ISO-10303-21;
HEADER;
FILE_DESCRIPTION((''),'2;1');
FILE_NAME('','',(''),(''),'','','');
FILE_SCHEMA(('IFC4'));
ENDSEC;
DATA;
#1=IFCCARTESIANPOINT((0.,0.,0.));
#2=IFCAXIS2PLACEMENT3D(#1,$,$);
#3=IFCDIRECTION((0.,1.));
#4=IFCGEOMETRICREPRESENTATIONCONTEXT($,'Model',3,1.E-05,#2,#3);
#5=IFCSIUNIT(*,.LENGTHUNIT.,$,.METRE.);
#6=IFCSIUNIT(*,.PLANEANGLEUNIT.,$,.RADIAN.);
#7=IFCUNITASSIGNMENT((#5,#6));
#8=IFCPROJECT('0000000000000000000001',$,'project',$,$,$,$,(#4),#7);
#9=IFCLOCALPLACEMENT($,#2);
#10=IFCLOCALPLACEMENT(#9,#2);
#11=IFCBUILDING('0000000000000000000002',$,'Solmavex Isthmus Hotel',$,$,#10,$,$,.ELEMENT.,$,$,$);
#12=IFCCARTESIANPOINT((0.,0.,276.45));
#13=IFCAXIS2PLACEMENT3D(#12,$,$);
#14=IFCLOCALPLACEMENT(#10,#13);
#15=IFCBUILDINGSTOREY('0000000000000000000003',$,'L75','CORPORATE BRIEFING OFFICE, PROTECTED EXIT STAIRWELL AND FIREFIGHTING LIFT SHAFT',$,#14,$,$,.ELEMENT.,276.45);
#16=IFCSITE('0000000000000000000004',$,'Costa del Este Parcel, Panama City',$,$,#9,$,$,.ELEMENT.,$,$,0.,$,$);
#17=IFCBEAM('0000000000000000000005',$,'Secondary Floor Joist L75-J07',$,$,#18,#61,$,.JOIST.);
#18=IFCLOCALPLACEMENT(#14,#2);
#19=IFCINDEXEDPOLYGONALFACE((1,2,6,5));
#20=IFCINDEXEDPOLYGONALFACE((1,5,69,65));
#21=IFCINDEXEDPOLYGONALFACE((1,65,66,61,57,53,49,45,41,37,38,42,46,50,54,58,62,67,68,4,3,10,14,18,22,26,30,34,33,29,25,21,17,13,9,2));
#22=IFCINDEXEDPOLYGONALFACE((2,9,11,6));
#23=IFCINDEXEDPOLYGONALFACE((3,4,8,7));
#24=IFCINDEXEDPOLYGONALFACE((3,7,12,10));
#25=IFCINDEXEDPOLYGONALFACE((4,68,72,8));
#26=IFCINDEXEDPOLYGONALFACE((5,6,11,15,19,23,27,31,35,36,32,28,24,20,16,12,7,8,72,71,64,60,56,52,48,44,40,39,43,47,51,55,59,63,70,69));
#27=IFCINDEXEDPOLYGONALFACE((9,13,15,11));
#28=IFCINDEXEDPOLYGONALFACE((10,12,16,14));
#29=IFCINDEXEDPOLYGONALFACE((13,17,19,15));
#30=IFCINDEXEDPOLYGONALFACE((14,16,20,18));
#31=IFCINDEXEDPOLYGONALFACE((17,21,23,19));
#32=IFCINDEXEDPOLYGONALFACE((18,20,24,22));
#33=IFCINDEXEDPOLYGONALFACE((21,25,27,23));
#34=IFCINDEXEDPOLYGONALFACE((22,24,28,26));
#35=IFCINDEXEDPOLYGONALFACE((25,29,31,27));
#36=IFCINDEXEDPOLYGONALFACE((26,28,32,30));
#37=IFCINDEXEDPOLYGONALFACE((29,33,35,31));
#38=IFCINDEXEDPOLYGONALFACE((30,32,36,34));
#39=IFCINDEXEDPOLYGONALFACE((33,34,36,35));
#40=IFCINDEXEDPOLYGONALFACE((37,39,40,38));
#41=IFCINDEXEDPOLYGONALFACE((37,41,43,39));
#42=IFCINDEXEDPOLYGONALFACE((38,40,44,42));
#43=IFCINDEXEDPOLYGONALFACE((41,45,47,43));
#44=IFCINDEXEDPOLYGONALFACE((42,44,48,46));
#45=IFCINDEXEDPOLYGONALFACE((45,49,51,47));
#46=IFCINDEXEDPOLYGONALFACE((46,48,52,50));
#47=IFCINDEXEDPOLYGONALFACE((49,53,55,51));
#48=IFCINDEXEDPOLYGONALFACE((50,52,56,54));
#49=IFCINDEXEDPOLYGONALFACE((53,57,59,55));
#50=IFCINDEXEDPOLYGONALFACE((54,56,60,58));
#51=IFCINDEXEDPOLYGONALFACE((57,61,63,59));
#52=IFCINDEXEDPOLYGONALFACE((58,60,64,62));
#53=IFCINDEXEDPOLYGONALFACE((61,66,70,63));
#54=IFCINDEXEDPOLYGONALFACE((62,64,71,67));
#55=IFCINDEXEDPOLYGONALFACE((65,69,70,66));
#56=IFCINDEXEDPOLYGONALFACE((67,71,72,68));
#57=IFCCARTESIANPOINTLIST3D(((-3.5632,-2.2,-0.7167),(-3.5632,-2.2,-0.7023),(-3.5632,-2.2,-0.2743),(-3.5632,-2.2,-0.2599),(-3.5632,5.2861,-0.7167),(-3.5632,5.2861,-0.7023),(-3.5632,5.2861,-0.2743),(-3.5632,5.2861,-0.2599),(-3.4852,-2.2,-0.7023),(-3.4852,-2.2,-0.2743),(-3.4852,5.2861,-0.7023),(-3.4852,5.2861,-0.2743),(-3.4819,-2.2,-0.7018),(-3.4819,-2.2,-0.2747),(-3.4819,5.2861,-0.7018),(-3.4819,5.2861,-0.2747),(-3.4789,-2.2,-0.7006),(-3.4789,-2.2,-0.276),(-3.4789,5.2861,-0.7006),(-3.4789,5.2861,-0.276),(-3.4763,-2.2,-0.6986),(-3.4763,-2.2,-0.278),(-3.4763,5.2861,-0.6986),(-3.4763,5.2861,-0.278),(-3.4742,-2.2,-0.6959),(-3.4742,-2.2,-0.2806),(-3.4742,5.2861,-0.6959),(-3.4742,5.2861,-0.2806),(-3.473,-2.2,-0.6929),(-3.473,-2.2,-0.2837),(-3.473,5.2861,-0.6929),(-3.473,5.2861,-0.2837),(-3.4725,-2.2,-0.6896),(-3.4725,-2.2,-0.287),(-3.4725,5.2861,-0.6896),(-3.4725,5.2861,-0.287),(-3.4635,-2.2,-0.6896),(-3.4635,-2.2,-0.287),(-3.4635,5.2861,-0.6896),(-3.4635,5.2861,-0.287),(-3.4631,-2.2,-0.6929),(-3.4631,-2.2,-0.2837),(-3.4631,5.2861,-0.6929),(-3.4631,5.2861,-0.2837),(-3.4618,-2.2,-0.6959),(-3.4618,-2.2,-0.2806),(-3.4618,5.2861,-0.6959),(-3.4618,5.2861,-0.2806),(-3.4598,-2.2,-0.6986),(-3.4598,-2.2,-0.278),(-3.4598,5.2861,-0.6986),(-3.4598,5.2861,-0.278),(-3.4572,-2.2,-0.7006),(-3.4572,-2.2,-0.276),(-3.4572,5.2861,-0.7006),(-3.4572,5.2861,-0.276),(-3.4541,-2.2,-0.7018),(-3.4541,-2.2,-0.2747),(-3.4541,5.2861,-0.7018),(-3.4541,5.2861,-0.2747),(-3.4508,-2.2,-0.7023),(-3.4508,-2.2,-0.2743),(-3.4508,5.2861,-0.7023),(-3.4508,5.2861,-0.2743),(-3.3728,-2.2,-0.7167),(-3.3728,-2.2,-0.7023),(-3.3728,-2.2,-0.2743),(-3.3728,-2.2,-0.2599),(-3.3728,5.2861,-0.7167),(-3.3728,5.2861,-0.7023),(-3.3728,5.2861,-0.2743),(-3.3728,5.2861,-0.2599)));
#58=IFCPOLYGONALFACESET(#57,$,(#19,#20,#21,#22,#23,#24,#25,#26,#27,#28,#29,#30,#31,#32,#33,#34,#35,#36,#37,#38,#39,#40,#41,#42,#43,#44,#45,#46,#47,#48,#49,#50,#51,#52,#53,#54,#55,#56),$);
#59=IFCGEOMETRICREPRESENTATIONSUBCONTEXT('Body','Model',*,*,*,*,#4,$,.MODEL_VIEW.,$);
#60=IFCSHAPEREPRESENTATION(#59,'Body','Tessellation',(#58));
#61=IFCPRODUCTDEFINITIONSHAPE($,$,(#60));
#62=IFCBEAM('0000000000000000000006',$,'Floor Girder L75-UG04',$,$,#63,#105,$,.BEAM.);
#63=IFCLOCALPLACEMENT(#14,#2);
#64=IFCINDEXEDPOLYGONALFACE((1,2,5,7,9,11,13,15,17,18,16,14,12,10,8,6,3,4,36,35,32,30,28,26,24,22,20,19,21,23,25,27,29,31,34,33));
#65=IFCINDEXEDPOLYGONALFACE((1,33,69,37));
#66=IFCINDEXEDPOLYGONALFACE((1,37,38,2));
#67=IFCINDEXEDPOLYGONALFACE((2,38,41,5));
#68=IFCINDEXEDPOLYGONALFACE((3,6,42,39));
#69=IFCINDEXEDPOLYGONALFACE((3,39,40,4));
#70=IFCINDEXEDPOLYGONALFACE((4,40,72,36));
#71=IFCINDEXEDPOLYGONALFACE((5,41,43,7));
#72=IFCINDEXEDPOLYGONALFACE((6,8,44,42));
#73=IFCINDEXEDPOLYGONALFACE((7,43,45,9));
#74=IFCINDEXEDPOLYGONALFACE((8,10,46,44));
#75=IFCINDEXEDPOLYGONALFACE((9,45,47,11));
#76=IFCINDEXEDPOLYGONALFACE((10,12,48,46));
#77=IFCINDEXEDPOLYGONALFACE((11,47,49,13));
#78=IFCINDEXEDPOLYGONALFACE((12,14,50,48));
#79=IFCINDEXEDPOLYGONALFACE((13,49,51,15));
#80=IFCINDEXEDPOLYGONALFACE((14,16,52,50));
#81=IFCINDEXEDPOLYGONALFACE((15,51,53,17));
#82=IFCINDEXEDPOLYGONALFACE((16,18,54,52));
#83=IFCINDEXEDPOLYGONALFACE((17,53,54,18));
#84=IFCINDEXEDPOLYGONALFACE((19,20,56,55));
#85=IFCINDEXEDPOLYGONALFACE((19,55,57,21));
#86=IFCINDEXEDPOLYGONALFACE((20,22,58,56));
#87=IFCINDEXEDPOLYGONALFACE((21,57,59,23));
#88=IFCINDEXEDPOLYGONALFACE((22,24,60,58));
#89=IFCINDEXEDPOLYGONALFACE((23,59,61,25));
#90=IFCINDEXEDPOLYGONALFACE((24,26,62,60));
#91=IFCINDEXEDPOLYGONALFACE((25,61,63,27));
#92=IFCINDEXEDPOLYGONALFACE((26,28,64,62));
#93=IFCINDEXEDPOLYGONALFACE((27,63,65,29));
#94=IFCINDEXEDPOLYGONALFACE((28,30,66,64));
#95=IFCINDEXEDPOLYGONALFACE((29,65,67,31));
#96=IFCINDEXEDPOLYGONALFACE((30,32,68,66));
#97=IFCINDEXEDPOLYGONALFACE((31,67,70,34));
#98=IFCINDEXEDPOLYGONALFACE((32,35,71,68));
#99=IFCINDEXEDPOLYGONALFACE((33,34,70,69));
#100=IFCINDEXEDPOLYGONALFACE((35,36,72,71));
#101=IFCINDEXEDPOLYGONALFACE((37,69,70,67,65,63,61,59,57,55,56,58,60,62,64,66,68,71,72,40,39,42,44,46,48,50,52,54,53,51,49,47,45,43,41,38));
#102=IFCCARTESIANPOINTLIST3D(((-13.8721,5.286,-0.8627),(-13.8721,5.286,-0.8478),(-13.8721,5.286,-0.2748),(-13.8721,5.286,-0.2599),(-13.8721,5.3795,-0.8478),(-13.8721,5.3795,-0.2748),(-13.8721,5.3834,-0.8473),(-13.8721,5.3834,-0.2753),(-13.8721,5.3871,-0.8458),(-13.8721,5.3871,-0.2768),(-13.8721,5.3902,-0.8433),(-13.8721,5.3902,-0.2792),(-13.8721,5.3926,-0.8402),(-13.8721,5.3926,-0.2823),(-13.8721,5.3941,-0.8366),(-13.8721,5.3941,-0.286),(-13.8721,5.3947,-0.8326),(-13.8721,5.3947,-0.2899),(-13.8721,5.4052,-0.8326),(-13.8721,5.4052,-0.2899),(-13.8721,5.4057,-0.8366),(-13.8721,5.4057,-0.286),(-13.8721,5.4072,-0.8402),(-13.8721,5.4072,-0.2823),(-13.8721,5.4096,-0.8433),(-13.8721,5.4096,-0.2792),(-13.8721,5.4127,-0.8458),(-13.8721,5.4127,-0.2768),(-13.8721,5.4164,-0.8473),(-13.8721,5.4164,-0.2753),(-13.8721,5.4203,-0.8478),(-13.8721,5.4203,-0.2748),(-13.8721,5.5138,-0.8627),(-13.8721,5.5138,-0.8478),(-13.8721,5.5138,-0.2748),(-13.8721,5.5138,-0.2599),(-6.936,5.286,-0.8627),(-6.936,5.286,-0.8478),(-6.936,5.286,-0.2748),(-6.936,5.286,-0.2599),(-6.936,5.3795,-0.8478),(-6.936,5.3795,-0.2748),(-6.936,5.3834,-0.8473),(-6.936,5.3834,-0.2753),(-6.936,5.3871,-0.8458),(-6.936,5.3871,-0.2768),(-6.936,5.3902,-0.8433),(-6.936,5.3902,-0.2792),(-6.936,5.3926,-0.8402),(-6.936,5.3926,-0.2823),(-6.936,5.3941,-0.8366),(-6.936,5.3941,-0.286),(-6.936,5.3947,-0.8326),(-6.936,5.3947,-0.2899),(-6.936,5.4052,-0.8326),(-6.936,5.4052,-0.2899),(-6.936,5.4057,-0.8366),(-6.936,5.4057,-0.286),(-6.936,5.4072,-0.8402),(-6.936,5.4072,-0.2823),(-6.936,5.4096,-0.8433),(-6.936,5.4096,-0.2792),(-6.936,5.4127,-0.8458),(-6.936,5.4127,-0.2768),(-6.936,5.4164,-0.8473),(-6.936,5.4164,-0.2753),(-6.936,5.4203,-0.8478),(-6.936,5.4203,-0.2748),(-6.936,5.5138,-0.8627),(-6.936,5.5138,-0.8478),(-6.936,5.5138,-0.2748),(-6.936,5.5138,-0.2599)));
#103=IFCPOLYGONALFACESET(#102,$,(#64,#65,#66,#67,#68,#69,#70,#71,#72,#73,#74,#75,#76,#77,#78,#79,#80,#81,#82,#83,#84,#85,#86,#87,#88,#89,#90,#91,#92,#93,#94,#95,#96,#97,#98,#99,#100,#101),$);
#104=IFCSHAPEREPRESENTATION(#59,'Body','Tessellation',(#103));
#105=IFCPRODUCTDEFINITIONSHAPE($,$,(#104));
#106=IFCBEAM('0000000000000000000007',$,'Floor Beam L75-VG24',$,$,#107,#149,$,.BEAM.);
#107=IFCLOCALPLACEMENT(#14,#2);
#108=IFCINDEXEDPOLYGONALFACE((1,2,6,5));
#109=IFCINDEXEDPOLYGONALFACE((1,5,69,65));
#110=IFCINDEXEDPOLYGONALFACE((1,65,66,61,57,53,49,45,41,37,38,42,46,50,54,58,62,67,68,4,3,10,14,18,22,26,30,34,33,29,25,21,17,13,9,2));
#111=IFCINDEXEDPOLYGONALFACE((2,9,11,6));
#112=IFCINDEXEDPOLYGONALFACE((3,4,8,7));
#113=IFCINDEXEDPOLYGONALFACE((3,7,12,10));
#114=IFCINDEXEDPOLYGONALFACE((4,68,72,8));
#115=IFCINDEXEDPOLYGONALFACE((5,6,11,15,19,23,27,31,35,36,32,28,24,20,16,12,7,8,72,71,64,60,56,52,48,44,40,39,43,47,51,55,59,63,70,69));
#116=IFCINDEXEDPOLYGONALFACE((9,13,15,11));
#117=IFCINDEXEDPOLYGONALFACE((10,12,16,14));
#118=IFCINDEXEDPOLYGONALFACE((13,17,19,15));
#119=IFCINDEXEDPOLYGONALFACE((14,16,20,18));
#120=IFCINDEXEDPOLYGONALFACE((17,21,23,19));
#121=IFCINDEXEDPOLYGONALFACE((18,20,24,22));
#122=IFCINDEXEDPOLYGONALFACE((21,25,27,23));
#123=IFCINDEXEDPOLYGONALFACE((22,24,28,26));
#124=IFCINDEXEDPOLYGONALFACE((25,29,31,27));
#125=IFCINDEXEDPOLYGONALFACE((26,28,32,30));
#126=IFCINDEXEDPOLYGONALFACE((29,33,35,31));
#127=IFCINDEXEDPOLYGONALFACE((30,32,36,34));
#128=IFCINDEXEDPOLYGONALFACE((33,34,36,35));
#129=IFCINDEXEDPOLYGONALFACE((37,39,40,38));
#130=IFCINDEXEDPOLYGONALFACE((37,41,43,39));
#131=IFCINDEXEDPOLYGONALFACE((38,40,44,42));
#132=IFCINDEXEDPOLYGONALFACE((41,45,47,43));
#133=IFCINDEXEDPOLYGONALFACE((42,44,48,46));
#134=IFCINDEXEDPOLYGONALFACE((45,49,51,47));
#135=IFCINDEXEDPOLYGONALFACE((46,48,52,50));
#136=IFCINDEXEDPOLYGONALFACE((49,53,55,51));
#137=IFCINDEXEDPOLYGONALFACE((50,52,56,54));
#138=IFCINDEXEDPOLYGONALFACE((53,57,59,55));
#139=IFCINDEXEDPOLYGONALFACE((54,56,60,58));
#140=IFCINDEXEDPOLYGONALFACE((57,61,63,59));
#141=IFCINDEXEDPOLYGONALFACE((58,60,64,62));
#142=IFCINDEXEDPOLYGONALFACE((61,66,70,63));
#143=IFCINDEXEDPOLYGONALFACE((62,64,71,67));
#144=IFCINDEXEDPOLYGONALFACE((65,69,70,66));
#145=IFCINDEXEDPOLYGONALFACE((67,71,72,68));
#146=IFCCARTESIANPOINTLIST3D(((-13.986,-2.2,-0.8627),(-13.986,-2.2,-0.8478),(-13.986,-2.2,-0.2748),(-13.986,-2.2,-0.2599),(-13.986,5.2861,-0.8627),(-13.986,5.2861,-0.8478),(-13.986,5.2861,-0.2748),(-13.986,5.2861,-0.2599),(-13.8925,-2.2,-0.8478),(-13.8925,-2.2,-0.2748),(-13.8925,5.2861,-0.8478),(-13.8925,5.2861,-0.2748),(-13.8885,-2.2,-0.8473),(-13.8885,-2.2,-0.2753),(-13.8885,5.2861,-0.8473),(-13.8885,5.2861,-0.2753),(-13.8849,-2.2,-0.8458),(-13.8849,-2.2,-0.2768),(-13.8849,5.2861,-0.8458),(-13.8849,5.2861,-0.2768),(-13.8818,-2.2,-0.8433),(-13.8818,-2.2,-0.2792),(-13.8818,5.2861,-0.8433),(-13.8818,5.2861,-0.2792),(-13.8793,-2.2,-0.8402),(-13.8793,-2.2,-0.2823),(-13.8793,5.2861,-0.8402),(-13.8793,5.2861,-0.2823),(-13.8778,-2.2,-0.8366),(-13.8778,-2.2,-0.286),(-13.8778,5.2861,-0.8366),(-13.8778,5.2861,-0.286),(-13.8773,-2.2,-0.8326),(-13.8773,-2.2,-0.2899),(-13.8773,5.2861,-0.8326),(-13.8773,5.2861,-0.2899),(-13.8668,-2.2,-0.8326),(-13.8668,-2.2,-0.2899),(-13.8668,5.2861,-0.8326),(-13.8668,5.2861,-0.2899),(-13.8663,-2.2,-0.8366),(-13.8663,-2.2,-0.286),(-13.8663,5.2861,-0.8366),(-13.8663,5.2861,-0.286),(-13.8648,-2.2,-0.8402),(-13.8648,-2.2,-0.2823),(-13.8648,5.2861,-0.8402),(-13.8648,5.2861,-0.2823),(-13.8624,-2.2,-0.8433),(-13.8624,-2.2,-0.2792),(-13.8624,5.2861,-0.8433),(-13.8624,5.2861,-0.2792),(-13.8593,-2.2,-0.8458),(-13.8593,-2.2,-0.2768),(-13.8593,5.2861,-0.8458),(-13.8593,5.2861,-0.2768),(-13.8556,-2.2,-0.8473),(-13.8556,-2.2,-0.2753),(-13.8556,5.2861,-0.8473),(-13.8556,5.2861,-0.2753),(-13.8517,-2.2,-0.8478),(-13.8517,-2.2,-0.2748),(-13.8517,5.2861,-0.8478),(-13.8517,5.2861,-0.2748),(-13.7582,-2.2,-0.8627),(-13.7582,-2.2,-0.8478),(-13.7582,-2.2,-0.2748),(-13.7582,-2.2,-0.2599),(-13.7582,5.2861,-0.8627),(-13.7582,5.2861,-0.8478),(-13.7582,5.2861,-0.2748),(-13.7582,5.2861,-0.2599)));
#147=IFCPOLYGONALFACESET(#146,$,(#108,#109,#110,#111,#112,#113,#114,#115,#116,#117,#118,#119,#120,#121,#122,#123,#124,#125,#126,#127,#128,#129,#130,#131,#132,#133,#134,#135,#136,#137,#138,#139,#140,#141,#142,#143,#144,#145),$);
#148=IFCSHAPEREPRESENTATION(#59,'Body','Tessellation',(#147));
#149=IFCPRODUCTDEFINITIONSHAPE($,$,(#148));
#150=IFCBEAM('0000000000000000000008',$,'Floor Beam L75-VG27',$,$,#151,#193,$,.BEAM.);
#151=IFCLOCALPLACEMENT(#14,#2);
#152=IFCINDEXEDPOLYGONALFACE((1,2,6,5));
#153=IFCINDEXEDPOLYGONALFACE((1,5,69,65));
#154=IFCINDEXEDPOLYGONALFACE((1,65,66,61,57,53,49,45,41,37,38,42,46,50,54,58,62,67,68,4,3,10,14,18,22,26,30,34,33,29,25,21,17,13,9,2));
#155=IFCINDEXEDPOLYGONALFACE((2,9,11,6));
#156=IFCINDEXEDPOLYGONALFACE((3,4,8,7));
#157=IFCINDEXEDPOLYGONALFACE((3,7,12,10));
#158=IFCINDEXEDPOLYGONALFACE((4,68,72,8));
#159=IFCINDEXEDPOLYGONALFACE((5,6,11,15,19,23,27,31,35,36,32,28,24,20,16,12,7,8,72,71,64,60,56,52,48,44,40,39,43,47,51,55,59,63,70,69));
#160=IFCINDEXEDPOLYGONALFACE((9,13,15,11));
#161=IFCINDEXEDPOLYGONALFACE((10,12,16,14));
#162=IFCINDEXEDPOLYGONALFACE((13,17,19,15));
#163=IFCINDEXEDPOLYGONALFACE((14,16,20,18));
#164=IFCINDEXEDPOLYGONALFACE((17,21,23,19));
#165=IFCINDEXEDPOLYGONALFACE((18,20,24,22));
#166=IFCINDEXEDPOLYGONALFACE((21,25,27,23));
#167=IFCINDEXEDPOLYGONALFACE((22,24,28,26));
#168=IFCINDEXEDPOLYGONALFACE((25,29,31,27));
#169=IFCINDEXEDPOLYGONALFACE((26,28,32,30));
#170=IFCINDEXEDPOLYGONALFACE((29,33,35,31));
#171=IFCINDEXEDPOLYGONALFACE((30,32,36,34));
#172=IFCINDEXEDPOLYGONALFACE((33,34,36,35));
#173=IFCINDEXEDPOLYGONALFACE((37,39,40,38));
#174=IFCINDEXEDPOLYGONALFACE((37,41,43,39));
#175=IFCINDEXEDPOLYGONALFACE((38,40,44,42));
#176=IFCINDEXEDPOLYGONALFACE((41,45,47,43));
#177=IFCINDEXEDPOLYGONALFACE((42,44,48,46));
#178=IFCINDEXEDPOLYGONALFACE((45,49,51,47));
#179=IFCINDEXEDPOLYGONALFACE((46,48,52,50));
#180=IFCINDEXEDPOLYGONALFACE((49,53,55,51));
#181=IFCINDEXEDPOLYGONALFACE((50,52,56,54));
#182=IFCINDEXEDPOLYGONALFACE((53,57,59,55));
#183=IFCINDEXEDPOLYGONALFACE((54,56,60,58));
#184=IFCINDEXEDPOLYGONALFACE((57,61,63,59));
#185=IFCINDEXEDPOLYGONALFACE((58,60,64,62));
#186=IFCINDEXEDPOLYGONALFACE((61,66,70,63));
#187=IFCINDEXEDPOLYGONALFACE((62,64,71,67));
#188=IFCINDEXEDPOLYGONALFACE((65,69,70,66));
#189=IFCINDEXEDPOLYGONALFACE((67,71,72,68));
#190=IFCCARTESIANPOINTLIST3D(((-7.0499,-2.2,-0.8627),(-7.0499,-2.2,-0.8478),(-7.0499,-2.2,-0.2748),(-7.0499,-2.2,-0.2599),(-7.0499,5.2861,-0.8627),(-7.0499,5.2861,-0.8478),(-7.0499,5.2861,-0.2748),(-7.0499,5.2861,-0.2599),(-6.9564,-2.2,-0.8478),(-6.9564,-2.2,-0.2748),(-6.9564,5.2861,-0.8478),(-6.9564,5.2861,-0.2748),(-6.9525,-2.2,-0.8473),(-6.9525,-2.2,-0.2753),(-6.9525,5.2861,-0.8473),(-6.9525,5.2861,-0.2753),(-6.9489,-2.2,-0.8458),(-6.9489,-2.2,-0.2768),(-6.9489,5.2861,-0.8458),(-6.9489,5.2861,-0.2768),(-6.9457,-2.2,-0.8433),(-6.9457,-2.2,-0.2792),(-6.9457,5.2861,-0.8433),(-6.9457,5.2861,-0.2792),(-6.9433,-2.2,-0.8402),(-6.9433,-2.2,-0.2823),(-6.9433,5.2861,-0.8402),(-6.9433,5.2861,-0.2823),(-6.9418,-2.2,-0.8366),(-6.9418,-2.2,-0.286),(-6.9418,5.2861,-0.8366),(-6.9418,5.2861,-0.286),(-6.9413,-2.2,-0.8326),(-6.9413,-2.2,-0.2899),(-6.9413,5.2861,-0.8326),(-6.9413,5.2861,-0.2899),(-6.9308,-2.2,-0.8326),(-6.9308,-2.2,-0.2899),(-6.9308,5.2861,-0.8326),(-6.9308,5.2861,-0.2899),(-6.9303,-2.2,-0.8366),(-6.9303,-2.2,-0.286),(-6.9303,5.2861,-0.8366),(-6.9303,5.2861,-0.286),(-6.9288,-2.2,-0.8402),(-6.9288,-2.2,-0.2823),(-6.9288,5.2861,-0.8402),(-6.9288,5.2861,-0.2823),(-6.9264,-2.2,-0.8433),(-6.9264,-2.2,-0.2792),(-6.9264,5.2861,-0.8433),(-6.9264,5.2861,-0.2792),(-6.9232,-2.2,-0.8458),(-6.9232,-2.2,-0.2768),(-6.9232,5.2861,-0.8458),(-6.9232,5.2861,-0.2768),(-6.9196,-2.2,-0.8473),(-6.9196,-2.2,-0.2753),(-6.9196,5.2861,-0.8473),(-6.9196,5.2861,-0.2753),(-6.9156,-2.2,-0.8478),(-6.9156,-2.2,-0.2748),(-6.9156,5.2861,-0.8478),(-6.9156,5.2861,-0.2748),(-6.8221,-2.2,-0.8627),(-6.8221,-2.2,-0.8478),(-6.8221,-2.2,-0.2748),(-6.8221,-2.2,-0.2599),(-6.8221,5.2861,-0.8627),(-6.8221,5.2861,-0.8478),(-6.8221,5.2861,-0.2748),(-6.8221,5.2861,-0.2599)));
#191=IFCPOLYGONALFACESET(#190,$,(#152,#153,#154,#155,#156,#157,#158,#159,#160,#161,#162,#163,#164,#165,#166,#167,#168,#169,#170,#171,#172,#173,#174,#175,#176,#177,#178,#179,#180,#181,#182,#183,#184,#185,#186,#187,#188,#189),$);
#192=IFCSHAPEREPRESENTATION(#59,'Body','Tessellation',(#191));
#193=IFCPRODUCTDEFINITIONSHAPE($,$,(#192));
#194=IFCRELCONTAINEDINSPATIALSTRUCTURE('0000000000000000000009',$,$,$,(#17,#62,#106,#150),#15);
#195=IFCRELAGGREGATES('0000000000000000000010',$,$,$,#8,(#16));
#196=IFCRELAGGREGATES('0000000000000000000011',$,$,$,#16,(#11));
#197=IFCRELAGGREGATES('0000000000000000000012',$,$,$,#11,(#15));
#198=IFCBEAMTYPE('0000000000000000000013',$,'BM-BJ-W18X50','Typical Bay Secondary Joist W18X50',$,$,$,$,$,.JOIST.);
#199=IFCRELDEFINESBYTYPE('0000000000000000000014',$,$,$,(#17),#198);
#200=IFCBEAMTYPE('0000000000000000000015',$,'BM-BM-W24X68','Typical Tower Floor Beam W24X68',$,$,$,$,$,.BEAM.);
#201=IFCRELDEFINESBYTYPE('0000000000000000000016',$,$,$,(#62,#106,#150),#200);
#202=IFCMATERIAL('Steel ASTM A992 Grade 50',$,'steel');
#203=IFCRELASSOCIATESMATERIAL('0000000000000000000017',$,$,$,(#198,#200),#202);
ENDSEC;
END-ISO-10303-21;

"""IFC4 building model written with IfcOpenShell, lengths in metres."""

from ifc_helpers import new_model, si_unit, direction, frame, origin, origin_2d, place, context, subcontext, project, spatial, i_section, extrude, material, material_profile, profile_set, type_object, element, save


model = new_model("IFC4")

# Units and contexts
model_context = context("Model", 3, precision=1e-05, world=origin(), true_north=direction((0.0, 1.0)))
body_context = subcontext(model_context, "Body", "Model", "MODEL_VIEW")
ifc_project = project(units=[si_unit("LENGTHUNIT", "METRE"), si_unit("PLANEANGLEUNIT", "RADIAN")], contexts=[model_context])

# Site, building, storey
site_placement = place(None, origin())
site = spatial("IfcSite", under=ifc_project, at=site_placement, Name="Costa del Este Parcel, Panama City", CompositionType="ELEMENT", RefElevation=0.0)
building_placement = place(site_placement, origin())
building = spatial("IfcBuilding", under=site, at=building_placement, Name="Solmavex Isthmus Hotel", CompositionType="ELEMENT")
storey_placement = place(building_placement, frame((0.0, 0.0, 276.45)))
storey = spatial("IfcBuildingStorey", under=building, at=storey_placement, Name="L75", Description="CORPORATE BRIEFING OFFICE, PROTECTED EXIT STAIRWELL AND FIREFIGHTING LIFT SHAFT", CompositionType="ELEMENT", Elevation=276.45)

# Beams
ifc_material_1 = material(Name="Steel ASTM A992 Grade 50", Category="steel")
ifc_material_profile_1 = material_profile(ifc_material_1, i_section(OverallWidth=0.1904, OverallDepth=0.4568, WebThickness=0.009, FlangeThickness=0.0144, FilletRadius=0.0127, at=origin_2d()), Name="W18X50")
ifc_profile_set_1 = profile_set([ifc_material_profile_1], Name="Steel ASTM A992 Grade 50")
beam_type_1 = type_object("IfcBeamType", Name="BM-BJ-W18X50", Description="Typical Bay Secondary Joist W18X50", PredefinedType="JOIST", material=ifc_profile_set_1)
for number, where, z_axis, x_axis, name in (
    (1, (-3.468, -2.2, -0.4883), (0.0, 1.0, 0.0), (-1.0, 0.0, 0.0), "Secondary Floor Joist L75-J07"),
):
    element("IfcBeam", number, at=place(storey_placement, frame(where, z_axis=z_axis, x_axis=x_axis)), inside=storey, type_object=beam_type_1, Name=name, PredefinedType="JOIST", context=body_context, shape_type="SweptSolid", body=[
        extrude(i_section(OverallWidth=0.1904, OverallDepth=0.4568, WebThickness=0.009, FlangeThickness=0.0144, FilletRadius=0.0127, at=origin_2d()), origin(), (0.0, 0.0, 1.0), 7.4861),
    ])
ifc_material_profile_2 = material_profile(ifc_material_1, i_section(OverallWidth=0.2278, OverallDepth=0.6028, WebThickness=0.0105, FlangeThickness=0.0149, FilletRadius=0.0151, at=origin_2d()), Name="W24X68")
ifc_profile_set_2 = profile_set([ifc_material_profile_2], Name="Steel ASTM A992 Grade 50")
beam_type_2 = type_object("IfcBeamType", Name="BM-BM-W24X68", Description="Typical Tower Floor Beam W24X68", PredefinedType="BEAM", material=ifc_profile_set_2)
beam_1_placement = place(storey_placement, frame((-13.8721, 5.3999, -0.5613), z_axis=(1.0, 0.0, 0.0), x_axis=(0.0, 1.0, 0.0)))
element("IfcBeam", 2, at=beam_1_placement, inside=storey, type_object=beam_type_2, Name="Floor Girder L75-UG04", PredefinedType="BEAM", context=body_context, shape_type="SweptSolid", body=[
    extrude(i_section(OverallWidth=0.2278, OverallDepth=0.6028, WebThickness=0.0105, FlangeThickness=0.0149, FilletRadius=0.0151, at=origin_2d()), origin(), (0.0, 0.0, 1.0), 6.936),
])
for number, where, z_axis, x_axis, name in (
    (3, (-13.8721, -2.2, -0.5613), (0.0, 1.0, 0.0), (-1.0, 0.0, 0.0), "Floor Beam L75-VG24"),
    (4, (-6.936, -2.2, -0.5613), (0.0, 1.0, 0.0), (-1.0, 0.0, 0.0), "Floor Beam L75-VG27"),
):
    element("IfcBeam", number, at=place(storey_placement, frame(where, z_axis=z_axis, x_axis=x_axis)), inside=storey, type_object=beam_type_2, Name=name, PredefinedType="BEAM", context=body_context, shape_type="SweptSolid", body=[
        extrude(i_section(OverallWidth=0.2278, OverallDepth=0.6028, WebThickness=0.0105, FlangeThickness=0.0149, FilletRadius=0.0151, at=origin_2d()), origin(), (0.0, 0.0, 1.0), 7.4861),
    ])

save(model, "model.ifc")
